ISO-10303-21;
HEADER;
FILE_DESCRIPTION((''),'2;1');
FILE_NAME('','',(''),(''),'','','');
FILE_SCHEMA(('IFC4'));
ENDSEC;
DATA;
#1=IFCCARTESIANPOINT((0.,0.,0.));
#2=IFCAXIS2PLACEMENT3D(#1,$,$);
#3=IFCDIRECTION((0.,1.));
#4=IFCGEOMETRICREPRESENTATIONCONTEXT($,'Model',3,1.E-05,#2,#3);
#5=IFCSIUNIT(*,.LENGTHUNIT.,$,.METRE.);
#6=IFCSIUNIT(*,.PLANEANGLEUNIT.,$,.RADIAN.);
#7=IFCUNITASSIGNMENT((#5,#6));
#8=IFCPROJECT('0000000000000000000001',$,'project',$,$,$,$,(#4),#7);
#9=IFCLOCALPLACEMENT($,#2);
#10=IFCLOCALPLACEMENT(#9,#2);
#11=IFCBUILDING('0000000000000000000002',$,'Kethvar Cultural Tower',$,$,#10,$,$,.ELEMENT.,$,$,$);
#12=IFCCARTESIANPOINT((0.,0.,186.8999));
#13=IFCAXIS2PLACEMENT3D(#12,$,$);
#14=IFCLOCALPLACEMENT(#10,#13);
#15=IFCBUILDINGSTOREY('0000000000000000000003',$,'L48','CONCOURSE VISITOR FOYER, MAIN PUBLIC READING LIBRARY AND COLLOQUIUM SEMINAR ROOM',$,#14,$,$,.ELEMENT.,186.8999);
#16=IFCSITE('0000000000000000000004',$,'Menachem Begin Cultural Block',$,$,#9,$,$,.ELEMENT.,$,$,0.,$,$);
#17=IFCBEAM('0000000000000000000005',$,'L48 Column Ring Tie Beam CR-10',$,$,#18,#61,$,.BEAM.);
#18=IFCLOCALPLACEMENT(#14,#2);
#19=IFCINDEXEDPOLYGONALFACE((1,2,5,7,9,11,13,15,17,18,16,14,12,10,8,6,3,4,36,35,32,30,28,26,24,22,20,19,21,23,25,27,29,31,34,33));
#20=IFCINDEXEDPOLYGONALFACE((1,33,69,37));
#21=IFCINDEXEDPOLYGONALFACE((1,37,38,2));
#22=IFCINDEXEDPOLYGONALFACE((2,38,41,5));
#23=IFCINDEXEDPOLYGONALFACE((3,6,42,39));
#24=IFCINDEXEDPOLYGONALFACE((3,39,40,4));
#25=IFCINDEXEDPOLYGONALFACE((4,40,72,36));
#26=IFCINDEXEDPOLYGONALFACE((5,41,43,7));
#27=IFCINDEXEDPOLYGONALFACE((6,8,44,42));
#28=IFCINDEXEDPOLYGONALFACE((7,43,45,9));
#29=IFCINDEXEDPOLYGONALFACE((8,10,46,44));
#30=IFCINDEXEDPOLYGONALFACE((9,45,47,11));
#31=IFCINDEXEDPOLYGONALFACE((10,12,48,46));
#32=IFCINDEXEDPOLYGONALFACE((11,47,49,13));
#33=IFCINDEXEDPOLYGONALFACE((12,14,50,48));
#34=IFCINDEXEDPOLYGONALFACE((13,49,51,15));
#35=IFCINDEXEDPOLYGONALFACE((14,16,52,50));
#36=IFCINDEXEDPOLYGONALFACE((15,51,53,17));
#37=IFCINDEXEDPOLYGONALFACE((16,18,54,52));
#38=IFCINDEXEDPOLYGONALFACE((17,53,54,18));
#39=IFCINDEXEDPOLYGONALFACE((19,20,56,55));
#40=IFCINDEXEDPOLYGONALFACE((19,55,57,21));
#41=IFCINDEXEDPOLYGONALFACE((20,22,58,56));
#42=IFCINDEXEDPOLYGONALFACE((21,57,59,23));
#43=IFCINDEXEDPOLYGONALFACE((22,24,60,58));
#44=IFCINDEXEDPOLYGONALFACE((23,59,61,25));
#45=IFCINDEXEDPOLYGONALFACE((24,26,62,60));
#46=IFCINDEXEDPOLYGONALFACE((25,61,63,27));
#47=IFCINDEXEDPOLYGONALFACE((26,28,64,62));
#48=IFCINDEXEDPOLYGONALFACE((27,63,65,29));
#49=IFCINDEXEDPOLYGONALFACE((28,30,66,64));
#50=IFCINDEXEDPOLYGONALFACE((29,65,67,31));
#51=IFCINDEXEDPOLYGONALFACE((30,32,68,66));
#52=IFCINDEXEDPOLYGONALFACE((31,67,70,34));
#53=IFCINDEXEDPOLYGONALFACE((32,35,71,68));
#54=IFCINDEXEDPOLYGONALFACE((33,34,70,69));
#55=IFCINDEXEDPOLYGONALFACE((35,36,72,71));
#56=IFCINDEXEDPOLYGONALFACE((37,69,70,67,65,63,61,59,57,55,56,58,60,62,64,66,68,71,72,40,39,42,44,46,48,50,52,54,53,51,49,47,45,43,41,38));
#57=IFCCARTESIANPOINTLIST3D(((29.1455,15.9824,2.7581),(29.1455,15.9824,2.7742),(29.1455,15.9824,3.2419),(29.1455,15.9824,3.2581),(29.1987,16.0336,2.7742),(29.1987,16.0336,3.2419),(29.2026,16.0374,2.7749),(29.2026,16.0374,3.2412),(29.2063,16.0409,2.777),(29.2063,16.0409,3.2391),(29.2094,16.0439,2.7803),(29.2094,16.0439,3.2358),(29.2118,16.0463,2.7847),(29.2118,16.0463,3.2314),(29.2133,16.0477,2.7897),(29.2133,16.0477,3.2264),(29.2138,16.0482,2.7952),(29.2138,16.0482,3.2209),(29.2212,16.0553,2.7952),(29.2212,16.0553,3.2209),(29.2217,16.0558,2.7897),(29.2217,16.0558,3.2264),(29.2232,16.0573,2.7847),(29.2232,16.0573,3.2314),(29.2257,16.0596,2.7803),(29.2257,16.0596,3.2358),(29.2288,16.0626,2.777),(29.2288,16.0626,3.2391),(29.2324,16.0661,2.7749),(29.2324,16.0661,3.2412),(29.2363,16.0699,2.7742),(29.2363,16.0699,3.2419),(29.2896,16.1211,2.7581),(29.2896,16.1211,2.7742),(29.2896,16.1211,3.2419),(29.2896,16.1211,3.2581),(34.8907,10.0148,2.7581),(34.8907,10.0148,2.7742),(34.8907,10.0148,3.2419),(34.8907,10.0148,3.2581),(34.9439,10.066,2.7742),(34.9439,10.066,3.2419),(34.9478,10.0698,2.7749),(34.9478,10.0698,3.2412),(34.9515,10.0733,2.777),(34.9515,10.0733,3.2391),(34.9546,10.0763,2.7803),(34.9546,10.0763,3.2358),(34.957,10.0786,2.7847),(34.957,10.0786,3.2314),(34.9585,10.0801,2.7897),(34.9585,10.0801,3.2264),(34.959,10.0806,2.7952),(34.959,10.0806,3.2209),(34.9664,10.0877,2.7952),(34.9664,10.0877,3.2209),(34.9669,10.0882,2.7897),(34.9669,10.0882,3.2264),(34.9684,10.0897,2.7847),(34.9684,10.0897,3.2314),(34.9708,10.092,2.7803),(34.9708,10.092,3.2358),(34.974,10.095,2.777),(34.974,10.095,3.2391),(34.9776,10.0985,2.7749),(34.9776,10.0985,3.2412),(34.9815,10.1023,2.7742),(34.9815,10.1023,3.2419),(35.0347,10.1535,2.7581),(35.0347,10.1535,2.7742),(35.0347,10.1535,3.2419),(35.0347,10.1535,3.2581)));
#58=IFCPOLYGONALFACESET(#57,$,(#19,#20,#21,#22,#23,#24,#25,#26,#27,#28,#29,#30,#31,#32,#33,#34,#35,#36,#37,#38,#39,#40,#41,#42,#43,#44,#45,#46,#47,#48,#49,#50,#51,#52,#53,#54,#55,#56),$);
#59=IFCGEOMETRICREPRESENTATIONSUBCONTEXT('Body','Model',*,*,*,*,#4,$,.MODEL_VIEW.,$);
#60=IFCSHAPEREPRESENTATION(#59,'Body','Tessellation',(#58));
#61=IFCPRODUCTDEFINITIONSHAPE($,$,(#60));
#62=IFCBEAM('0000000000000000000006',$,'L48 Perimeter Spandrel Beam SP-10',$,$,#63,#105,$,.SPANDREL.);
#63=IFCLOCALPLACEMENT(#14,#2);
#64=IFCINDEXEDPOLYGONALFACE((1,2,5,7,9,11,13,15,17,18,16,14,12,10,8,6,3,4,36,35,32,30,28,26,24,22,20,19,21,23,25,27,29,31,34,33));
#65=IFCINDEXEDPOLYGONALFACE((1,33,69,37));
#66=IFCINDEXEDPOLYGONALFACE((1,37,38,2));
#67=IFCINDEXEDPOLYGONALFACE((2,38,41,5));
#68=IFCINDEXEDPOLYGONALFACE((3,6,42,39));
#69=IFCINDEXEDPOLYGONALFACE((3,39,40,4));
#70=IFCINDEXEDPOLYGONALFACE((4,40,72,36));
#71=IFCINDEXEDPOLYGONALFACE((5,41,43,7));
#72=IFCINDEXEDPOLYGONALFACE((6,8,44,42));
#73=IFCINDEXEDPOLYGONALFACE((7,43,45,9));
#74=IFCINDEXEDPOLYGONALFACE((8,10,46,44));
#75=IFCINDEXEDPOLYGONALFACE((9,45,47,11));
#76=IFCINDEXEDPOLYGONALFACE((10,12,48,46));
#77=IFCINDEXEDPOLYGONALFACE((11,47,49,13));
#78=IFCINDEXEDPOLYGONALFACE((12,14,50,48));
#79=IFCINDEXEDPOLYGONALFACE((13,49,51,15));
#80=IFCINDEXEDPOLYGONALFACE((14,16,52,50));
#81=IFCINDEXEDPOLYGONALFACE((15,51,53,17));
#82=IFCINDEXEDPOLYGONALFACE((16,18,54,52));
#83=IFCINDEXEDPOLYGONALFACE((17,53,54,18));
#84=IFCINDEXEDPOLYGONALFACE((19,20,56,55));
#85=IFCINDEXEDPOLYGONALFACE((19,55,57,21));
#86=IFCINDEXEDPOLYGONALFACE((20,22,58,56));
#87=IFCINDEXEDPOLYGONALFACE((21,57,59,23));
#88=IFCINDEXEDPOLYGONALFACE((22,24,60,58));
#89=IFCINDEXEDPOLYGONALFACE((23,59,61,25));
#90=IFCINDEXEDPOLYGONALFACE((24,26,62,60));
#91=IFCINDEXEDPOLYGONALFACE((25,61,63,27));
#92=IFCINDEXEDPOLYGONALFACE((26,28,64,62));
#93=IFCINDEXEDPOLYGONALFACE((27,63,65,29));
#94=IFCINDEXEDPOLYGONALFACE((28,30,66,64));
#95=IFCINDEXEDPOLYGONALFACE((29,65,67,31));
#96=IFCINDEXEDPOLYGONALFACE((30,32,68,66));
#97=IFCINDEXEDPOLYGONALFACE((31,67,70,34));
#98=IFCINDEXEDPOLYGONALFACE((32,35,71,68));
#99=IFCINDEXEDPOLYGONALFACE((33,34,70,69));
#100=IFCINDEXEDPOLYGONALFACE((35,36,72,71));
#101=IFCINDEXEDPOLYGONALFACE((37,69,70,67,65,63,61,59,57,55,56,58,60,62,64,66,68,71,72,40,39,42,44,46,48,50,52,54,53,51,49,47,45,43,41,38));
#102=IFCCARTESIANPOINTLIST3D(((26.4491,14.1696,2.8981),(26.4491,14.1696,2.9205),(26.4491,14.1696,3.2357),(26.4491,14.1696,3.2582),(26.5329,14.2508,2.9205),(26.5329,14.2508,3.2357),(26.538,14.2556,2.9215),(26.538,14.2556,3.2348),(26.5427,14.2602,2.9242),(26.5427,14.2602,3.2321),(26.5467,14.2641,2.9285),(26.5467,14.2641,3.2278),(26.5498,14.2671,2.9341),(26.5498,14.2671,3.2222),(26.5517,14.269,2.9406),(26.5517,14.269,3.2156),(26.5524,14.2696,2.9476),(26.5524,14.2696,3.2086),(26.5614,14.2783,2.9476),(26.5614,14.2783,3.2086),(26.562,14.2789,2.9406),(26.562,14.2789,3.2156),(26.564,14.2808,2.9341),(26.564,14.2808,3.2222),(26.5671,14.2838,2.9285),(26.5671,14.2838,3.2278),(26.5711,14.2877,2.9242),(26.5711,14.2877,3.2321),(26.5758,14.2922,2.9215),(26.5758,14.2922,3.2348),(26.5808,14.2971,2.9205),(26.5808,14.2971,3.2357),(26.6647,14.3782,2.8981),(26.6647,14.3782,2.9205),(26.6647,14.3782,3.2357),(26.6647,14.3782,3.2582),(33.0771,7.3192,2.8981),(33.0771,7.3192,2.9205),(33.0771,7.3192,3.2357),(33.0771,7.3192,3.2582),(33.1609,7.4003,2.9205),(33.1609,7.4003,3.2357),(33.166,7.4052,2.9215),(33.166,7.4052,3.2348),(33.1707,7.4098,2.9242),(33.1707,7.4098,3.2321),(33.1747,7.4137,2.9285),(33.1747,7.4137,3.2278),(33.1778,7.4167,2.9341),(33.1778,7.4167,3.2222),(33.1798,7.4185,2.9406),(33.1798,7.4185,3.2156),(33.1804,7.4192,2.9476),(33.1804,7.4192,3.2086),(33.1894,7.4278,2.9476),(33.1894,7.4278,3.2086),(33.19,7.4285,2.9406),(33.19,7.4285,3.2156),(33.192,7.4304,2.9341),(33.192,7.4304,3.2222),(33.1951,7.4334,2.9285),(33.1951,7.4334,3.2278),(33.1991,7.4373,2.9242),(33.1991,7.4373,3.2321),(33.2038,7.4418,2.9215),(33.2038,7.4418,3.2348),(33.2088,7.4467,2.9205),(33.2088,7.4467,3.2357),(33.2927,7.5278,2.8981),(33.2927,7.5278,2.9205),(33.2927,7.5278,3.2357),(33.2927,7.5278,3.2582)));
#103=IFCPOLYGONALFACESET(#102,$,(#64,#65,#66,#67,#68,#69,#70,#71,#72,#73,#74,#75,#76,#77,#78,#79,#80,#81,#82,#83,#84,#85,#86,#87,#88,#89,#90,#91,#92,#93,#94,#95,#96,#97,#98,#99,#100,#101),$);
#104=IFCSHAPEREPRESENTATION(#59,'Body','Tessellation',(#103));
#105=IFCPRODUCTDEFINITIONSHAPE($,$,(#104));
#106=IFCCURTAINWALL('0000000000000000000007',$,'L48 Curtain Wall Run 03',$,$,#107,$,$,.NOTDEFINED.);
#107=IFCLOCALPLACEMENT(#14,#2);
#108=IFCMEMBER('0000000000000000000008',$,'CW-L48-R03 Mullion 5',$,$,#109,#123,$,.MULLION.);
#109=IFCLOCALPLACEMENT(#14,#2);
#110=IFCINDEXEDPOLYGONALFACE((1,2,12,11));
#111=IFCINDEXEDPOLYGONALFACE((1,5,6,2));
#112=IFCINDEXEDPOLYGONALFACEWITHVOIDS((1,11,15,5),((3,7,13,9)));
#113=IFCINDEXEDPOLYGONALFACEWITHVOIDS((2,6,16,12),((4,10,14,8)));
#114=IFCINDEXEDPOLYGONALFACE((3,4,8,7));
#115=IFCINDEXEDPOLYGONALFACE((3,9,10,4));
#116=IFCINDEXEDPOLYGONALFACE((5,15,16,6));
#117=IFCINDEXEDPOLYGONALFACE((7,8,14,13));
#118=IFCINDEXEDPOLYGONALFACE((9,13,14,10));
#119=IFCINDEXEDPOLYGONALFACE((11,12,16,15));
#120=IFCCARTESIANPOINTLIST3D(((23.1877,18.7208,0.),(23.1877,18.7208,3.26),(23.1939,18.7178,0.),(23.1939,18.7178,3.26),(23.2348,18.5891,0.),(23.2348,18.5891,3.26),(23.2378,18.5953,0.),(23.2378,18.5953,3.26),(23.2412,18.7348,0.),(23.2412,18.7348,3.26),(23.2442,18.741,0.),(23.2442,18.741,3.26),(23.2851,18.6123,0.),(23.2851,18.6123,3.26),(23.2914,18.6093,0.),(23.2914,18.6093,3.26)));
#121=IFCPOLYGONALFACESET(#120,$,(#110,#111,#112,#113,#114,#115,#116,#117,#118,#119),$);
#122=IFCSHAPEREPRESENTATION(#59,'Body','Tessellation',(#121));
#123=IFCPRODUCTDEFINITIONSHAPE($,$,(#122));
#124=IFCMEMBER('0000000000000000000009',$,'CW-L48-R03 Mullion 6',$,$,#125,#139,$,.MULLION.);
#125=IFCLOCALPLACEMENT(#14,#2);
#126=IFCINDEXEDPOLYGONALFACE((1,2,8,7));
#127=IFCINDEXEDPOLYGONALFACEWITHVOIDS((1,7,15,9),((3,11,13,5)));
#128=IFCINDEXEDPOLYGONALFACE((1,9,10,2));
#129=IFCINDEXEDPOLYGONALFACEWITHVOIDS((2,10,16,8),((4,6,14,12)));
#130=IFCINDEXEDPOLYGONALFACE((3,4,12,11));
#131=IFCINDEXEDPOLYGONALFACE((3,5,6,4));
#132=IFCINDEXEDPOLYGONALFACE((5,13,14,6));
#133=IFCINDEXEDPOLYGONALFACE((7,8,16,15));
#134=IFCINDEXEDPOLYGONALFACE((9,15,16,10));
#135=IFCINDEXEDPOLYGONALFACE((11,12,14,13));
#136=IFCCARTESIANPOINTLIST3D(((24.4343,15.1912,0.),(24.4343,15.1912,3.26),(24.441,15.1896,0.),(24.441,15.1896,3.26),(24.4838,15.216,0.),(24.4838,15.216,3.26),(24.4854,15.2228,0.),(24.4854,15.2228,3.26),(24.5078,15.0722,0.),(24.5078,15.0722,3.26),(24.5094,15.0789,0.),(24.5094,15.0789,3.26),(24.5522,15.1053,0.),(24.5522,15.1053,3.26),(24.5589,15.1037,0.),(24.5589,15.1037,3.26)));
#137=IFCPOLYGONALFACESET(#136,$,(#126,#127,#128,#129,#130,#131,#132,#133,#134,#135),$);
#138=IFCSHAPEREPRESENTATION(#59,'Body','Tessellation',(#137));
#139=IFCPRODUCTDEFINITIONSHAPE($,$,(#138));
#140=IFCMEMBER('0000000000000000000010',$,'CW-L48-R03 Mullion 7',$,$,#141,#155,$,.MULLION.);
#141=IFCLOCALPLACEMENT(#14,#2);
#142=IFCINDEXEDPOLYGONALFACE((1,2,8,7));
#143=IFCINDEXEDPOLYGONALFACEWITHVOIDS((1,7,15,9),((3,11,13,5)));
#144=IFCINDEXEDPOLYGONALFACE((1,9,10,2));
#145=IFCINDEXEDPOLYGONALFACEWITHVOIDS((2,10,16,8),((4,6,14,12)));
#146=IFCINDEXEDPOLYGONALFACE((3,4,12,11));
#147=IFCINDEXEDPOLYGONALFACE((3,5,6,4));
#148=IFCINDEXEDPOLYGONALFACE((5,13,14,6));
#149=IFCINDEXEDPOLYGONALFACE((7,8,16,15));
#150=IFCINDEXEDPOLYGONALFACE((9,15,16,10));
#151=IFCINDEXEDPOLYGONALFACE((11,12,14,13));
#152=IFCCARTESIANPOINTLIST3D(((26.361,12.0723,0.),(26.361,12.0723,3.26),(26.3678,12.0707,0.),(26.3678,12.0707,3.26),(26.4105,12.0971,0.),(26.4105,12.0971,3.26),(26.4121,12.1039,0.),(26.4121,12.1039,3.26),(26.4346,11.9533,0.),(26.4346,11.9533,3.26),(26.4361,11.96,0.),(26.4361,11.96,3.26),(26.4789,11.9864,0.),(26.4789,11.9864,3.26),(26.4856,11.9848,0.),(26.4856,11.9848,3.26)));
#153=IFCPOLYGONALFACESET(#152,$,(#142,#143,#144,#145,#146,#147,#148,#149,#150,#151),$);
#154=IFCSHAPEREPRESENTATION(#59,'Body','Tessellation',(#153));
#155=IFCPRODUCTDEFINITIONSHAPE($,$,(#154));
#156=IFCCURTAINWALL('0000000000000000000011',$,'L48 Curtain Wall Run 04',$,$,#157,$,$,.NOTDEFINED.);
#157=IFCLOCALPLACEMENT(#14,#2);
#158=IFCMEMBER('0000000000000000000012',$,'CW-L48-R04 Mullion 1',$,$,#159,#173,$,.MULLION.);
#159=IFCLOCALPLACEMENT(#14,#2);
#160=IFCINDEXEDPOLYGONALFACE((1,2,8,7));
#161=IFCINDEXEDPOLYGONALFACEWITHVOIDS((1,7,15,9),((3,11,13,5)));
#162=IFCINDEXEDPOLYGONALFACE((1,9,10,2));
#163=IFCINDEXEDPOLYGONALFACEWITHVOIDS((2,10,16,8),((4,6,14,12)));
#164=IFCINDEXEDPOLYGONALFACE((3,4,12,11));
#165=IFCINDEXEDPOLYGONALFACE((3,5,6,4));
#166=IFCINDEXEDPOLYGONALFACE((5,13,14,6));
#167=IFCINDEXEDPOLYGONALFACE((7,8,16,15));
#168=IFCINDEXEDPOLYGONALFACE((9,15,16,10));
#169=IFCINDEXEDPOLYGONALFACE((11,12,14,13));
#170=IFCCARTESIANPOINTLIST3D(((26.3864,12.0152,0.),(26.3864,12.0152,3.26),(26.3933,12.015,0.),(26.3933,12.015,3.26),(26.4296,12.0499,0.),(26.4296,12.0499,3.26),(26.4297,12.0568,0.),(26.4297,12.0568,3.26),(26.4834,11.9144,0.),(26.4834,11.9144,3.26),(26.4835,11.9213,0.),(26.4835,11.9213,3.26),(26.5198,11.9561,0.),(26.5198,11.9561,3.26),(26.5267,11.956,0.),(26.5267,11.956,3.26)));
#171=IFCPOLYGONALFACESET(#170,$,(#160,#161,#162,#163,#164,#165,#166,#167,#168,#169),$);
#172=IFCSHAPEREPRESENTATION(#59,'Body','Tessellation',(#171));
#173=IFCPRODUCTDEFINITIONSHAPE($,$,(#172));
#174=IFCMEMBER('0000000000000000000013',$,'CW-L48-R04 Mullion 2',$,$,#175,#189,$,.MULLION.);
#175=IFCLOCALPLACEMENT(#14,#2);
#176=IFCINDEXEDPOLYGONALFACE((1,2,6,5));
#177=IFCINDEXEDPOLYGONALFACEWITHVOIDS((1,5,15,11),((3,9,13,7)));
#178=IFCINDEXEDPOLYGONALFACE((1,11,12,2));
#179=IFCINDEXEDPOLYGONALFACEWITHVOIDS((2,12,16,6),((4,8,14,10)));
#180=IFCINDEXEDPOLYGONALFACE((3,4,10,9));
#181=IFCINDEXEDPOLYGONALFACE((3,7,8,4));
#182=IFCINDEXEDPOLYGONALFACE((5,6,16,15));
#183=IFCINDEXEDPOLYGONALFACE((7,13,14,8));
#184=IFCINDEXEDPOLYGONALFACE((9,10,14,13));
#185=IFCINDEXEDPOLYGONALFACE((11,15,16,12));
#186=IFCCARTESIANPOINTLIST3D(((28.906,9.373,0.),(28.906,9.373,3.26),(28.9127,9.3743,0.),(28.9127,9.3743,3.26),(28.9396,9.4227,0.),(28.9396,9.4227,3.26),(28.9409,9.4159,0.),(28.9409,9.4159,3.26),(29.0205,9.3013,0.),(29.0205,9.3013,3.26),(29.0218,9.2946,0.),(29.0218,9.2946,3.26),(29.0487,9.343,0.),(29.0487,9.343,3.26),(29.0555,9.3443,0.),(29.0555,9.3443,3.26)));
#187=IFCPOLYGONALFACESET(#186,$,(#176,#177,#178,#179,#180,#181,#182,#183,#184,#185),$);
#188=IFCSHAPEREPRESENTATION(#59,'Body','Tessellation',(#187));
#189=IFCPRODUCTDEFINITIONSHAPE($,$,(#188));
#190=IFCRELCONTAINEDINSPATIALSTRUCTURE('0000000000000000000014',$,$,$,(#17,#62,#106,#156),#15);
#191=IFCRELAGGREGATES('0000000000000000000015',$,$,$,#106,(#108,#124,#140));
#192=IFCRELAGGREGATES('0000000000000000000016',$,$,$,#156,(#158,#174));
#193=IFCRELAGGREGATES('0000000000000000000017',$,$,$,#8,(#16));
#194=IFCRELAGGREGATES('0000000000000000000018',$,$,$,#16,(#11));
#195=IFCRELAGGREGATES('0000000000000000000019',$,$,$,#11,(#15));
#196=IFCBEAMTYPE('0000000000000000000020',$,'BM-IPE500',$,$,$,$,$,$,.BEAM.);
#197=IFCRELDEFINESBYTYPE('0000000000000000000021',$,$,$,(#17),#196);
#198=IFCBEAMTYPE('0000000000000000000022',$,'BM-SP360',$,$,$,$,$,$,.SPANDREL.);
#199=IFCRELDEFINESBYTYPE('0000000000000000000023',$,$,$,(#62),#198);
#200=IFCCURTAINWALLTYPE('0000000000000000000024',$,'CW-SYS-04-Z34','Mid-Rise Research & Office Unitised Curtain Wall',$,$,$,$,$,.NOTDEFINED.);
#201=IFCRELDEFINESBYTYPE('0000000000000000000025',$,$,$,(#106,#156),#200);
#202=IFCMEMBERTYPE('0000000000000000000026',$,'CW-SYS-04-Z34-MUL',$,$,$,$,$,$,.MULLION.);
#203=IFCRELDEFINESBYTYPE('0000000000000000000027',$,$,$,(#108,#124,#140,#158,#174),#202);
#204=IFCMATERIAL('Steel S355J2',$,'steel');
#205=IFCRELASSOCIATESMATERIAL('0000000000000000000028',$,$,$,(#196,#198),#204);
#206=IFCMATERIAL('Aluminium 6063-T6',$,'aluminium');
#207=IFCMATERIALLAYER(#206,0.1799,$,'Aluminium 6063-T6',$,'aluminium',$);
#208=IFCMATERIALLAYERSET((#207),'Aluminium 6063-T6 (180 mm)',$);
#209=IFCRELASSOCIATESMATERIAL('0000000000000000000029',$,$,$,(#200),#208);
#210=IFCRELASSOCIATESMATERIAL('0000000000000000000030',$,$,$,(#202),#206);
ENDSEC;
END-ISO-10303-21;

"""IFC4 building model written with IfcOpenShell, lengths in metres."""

from ifc_helpers import new_model, si_unit, direction, frame, origin, origin_2d, place, context, subcontext, project, spatial, hollow_rectangle, i_section, extrude, source, transform, mapped, material, layer, layer_set, material_profile, profile_set, type_object, element, aggregate, save


model = new_model("IFC4")

# Units and contexts
model_context = context("Model", 3, precision=1e-05, world=origin(), true_north=direction((0.0, 1.0)))
body_context = subcontext(model_context, "Body", "Model", "MODEL_VIEW")
ifc_project = project(units=[si_unit("LENGTHUNIT", "METRE"), si_unit("PLANEANGLEUNIT", "RADIAN")], contexts=[model_context])

# Site, building, storey
site_placement = place(None, origin())
site = spatial("IfcSite", under=ifc_project, at=site_placement, Name="Menachem Begin Cultural Block", CompositionType="ELEMENT", RefElevation=0.0)
building_placement = place(site_placement, origin())
building = spatial("IfcBuilding", under=site, at=building_placement, Name="Kethvar Cultural Tower", CompositionType="ELEMENT")
storey_placement = place(building_placement, frame((0.0, 0.0, 186.8999)))
storey = spatial("IfcBuildingStorey", under=building, at=storey_placement, Name="L48", Description="CONCOURSE VISITOR FOYER, MAIN PUBLIC READING LIBRARY AND COLLOQUIUM SEMINAR ROOM", CompositionType="ELEMENT", Elevation=186.8999)

# Beams
ifc_material_1 = material(Name="Steel S355J2", Category="steel")
ifc_material_profile_1 = material_profile(ifc_material_1, i_section(OverallWidth=0.2, OverallDepth=0.5, WebThickness=0.0103, FlangeThickness=0.0161, FilletRadius=0.021, at=origin_2d()), Name="Steel S355J2 — IPE500")
ifc_profile_set_1 = profile_set([ifc_material_profile_1], Name="Steel S355J2 — IPE500")
beam_type_1 = type_object("IfcBeamType", Name="BM-IPE500", PredefinedType="BEAM", material=ifc_profile_set_1)
ifc_material_profile_2 = material_profile(ifc_material_1, i_section(OverallWidth=0.3, OverallDepth=0.3601, WebThickness=0.0125, FlangeThickness=0.0225, FilletRadius=0.0271, at=origin_2d()), Name="Steel S355J2 — HEB360")
ifc_profile_set_2 = profile_set([ifc_material_profile_2], Name="Steel S355J2 — HEB360")
beam_type_2 = type_object("IfcBeamType", Name="BM-SP360", PredefinedType="SPANDREL", material=ifc_profile_set_2)
shared_shape_1 = source(origin(), body_context, "Body", "SweptSolid", [
    extrude(i_section(OverallWidth=0.2, OverallDepth=0.5, WebThickness=0.0103, FlangeThickness=0.0161, FilletRadius=0.021, at=origin_2d()), origin(), (0.0, 0.0, 1.0), 8.2837),
])
beam_1_placement = place(storey_placement, frame((29.2175, 16.0518, 3.0081), z_axis=(0.693554, -0.720404, 0.0), x_axis=(0.720404, 0.693554, 0.0)))
element("IfcBeam", 1, at=beam_1_placement, inside=storey, type_object=beam_type_1, Name="L48 Column Ring Tie Beam CR-10", PredefinedType="BEAM", context=body_context, shape_type="MappedRepresentation", body=[
    mapped(shared_shape_1, transform((0.0, 0.0, 0.0), scale=1.0)),
])
shared_shape_2 = source(origin(), body_context, "Body", "SweptSolid", [
    extrude(i_section(OverallWidth=0.3, OverallDepth=0.3601, WebThickness=0.0125, FlangeThickness=0.0225, FilletRadius=0.0271, at=origin_2d()), origin(), (0.0, 0.0, 1.0), 9.532),
])
beam_2_placement = place(storey_placement, frame((26.5569, 14.2739, 3.0781), z_axis=(0.695344, -0.718677, 0.0), x_axis=(0.718677, 0.695344, 0.0)))
element("IfcBeam", 2, at=beam_2_placement, inside=storey, type_object=beam_type_2, Name="L48 Perimeter Spandrel Beam SP-10", PredefinedType="SPANDREL", context=body_context, shape_type="MappedRepresentation", body=[
    mapped(shared_shape_2, transform((0.0, 0.0, 0.0), scale=1.0)),
])

# Curtain walls, members
ifc_material_2 = material(Name="Aluminium 6063-T6", Category="aluminium")
ifc_layer_1 = layer(ifc_material_2, 0.1799, Name="Aluminium 6063-T6", Category="aluminium")
ifc_layer_set_1 = layer_set([ifc_layer_1], Name="Aluminium 6063-T6 (180 mm)")
curtain_wall_type = type_object("IfcCurtainWallType", Name="CW-SYS-04-Z34", Description="Mid-Rise Research & Office Unitised Curtain Wall", PredefinedType="NOTDEFINED", material=ifc_layer_set_1)
curtain_wall_1_placement = place(storey_placement, origin())
curtain_wall_1 = element("IfcCurtainWall", 3, at=curtain_wall_1_placement, inside=storey, type_object=curtain_wall_type, Name="L48 Curtain Wall Run 03", PredefinedType="NOTDEFINED")
ifc_material_profile_3 = material_profile(ifc_material_2, hollow_rectangle(XDim=0.0601, YDim=0.1399, WallThickness=0.0049, at=origin_2d()), Name="Aluminium 6063-T6 — RHS140x60x5")
ifc_profile_set_3 = profile_set([ifc_material_profile_3], Name="Aluminium 6063-T6 — RHS140x60x5")
member_type_1 = type_object("IfcMemberType", Name="CW-SYS-04-Z34-MUL", PredefinedType="MULLION", material=ifc_profile_set_3)
shared_shape_3 = source(origin(), body_context, "Body", "SweptSolid", [
    extrude(hollow_rectangle(XDim=0.0601, YDim=0.1399, WallThickness=0.0049, at=origin_2d()), origin(), (0.0, 0.0, 1.0), 3.26),
])
member_1_placement = place(storey_placement, frame((23.2395, 18.665, 0.0), z_axis=(0.0, 0.0, 1.0), x_axis=(0.941471, 0.337095, 0.0)))
member_1 = element("IfcMember", 4, at=member_1_placement, type_object=member_type_1, Name="CW-L48-R03 Mullion 5", PredefinedType="MULLION", context=body_context, shape_type="MappedRepresentation", body=[
    mapped(shared_shape_3, transform((0.0, 0.0, 0.0), scale=1.0)),
])
member_2_placement = place(storey_placement, frame((24.4966, 15.1475, 0.0), z_axis=(0.0, 0.0, 1.0), x_axis=(0.850747, 0.525576, 0.0)))
member_2 = element("IfcMember", 5, at=member_2_placement, type_object=member_type_1, Name="CW-L48-R03 Mullion 6", PredefinedType="MULLION", context=body_context, shape_type="MappedRepresentation", body=[
    mapped(shared_shape_3, transform((0.0, 0.0, 0.0), scale=1.0)),
])
member_3_placement = place(storey_placement, frame((26.4233, 12.0286, 0.0), z_axis=(0.0, 0.0, 1.0), x_axis=(0.850747, 0.525576, 0.0)))
member_3 = element("IfcMember", 6, at=member_3_placement, type_object=member_type_1, Name="CW-L48-R03 Mullion 7", PredefinedType="MULLION", context=body_context, shape_type="MappedRepresentation", body=[
    mapped(shared_shape_3, transform((0.0, 0.0, 0.0), scale=1.0)),
])
curtain_wall_2_placement = place(storey_placement, origin())
curtain_wall_2 = element("IfcCurtainWall", 7, at=curtain_wall_2_placement, inside=storey, type_object=curtain_wall_type, Name="L48 Curtain Wall Run 04", PredefinedType="NOTDEFINED")
member_4_placement = place(storey_placement, frame((26.4565, 11.9856, 0.0), z_axis=(0.0, 0.0, 1.0), x_axis=(0.720636, 0.693314, 0.0)))
member_4 = element("IfcMember", 8, at=member_4_placement, type_object=member_type_1, Name="CW-L48-R04 Mullion 1", PredefinedType="MULLION", context=body_context, shape_type="MappedRepresentation", body=[
    mapped(shared_shape_3, transform((0.0, 0.0, 0.0), scale=1.0)),
])
member_5_placement = place(storey_placement, frame((28.9807, 9.3586, 0.0), z_axis=(0.0, 0.0, 1.0), x_axis=(0.560639, 0.82806, 0.0)))
member_5 = element("IfcMember", 9, at=member_5_placement, type_object=member_type_1, Name="CW-L48-R04 Mullion 2", PredefinedType="MULLION", context=body_context, shape_type="MappedRepresentation", body=[
    mapped(shared_shape_3, transform((0.0, 0.0, 0.0), scale=1.0)),
])

aggregate(curtain_wall_1, [member_1, member_2, member_3])
aggregate(curtain_wall_2, [member_4, member_5])

save(model, "model.ifc")
